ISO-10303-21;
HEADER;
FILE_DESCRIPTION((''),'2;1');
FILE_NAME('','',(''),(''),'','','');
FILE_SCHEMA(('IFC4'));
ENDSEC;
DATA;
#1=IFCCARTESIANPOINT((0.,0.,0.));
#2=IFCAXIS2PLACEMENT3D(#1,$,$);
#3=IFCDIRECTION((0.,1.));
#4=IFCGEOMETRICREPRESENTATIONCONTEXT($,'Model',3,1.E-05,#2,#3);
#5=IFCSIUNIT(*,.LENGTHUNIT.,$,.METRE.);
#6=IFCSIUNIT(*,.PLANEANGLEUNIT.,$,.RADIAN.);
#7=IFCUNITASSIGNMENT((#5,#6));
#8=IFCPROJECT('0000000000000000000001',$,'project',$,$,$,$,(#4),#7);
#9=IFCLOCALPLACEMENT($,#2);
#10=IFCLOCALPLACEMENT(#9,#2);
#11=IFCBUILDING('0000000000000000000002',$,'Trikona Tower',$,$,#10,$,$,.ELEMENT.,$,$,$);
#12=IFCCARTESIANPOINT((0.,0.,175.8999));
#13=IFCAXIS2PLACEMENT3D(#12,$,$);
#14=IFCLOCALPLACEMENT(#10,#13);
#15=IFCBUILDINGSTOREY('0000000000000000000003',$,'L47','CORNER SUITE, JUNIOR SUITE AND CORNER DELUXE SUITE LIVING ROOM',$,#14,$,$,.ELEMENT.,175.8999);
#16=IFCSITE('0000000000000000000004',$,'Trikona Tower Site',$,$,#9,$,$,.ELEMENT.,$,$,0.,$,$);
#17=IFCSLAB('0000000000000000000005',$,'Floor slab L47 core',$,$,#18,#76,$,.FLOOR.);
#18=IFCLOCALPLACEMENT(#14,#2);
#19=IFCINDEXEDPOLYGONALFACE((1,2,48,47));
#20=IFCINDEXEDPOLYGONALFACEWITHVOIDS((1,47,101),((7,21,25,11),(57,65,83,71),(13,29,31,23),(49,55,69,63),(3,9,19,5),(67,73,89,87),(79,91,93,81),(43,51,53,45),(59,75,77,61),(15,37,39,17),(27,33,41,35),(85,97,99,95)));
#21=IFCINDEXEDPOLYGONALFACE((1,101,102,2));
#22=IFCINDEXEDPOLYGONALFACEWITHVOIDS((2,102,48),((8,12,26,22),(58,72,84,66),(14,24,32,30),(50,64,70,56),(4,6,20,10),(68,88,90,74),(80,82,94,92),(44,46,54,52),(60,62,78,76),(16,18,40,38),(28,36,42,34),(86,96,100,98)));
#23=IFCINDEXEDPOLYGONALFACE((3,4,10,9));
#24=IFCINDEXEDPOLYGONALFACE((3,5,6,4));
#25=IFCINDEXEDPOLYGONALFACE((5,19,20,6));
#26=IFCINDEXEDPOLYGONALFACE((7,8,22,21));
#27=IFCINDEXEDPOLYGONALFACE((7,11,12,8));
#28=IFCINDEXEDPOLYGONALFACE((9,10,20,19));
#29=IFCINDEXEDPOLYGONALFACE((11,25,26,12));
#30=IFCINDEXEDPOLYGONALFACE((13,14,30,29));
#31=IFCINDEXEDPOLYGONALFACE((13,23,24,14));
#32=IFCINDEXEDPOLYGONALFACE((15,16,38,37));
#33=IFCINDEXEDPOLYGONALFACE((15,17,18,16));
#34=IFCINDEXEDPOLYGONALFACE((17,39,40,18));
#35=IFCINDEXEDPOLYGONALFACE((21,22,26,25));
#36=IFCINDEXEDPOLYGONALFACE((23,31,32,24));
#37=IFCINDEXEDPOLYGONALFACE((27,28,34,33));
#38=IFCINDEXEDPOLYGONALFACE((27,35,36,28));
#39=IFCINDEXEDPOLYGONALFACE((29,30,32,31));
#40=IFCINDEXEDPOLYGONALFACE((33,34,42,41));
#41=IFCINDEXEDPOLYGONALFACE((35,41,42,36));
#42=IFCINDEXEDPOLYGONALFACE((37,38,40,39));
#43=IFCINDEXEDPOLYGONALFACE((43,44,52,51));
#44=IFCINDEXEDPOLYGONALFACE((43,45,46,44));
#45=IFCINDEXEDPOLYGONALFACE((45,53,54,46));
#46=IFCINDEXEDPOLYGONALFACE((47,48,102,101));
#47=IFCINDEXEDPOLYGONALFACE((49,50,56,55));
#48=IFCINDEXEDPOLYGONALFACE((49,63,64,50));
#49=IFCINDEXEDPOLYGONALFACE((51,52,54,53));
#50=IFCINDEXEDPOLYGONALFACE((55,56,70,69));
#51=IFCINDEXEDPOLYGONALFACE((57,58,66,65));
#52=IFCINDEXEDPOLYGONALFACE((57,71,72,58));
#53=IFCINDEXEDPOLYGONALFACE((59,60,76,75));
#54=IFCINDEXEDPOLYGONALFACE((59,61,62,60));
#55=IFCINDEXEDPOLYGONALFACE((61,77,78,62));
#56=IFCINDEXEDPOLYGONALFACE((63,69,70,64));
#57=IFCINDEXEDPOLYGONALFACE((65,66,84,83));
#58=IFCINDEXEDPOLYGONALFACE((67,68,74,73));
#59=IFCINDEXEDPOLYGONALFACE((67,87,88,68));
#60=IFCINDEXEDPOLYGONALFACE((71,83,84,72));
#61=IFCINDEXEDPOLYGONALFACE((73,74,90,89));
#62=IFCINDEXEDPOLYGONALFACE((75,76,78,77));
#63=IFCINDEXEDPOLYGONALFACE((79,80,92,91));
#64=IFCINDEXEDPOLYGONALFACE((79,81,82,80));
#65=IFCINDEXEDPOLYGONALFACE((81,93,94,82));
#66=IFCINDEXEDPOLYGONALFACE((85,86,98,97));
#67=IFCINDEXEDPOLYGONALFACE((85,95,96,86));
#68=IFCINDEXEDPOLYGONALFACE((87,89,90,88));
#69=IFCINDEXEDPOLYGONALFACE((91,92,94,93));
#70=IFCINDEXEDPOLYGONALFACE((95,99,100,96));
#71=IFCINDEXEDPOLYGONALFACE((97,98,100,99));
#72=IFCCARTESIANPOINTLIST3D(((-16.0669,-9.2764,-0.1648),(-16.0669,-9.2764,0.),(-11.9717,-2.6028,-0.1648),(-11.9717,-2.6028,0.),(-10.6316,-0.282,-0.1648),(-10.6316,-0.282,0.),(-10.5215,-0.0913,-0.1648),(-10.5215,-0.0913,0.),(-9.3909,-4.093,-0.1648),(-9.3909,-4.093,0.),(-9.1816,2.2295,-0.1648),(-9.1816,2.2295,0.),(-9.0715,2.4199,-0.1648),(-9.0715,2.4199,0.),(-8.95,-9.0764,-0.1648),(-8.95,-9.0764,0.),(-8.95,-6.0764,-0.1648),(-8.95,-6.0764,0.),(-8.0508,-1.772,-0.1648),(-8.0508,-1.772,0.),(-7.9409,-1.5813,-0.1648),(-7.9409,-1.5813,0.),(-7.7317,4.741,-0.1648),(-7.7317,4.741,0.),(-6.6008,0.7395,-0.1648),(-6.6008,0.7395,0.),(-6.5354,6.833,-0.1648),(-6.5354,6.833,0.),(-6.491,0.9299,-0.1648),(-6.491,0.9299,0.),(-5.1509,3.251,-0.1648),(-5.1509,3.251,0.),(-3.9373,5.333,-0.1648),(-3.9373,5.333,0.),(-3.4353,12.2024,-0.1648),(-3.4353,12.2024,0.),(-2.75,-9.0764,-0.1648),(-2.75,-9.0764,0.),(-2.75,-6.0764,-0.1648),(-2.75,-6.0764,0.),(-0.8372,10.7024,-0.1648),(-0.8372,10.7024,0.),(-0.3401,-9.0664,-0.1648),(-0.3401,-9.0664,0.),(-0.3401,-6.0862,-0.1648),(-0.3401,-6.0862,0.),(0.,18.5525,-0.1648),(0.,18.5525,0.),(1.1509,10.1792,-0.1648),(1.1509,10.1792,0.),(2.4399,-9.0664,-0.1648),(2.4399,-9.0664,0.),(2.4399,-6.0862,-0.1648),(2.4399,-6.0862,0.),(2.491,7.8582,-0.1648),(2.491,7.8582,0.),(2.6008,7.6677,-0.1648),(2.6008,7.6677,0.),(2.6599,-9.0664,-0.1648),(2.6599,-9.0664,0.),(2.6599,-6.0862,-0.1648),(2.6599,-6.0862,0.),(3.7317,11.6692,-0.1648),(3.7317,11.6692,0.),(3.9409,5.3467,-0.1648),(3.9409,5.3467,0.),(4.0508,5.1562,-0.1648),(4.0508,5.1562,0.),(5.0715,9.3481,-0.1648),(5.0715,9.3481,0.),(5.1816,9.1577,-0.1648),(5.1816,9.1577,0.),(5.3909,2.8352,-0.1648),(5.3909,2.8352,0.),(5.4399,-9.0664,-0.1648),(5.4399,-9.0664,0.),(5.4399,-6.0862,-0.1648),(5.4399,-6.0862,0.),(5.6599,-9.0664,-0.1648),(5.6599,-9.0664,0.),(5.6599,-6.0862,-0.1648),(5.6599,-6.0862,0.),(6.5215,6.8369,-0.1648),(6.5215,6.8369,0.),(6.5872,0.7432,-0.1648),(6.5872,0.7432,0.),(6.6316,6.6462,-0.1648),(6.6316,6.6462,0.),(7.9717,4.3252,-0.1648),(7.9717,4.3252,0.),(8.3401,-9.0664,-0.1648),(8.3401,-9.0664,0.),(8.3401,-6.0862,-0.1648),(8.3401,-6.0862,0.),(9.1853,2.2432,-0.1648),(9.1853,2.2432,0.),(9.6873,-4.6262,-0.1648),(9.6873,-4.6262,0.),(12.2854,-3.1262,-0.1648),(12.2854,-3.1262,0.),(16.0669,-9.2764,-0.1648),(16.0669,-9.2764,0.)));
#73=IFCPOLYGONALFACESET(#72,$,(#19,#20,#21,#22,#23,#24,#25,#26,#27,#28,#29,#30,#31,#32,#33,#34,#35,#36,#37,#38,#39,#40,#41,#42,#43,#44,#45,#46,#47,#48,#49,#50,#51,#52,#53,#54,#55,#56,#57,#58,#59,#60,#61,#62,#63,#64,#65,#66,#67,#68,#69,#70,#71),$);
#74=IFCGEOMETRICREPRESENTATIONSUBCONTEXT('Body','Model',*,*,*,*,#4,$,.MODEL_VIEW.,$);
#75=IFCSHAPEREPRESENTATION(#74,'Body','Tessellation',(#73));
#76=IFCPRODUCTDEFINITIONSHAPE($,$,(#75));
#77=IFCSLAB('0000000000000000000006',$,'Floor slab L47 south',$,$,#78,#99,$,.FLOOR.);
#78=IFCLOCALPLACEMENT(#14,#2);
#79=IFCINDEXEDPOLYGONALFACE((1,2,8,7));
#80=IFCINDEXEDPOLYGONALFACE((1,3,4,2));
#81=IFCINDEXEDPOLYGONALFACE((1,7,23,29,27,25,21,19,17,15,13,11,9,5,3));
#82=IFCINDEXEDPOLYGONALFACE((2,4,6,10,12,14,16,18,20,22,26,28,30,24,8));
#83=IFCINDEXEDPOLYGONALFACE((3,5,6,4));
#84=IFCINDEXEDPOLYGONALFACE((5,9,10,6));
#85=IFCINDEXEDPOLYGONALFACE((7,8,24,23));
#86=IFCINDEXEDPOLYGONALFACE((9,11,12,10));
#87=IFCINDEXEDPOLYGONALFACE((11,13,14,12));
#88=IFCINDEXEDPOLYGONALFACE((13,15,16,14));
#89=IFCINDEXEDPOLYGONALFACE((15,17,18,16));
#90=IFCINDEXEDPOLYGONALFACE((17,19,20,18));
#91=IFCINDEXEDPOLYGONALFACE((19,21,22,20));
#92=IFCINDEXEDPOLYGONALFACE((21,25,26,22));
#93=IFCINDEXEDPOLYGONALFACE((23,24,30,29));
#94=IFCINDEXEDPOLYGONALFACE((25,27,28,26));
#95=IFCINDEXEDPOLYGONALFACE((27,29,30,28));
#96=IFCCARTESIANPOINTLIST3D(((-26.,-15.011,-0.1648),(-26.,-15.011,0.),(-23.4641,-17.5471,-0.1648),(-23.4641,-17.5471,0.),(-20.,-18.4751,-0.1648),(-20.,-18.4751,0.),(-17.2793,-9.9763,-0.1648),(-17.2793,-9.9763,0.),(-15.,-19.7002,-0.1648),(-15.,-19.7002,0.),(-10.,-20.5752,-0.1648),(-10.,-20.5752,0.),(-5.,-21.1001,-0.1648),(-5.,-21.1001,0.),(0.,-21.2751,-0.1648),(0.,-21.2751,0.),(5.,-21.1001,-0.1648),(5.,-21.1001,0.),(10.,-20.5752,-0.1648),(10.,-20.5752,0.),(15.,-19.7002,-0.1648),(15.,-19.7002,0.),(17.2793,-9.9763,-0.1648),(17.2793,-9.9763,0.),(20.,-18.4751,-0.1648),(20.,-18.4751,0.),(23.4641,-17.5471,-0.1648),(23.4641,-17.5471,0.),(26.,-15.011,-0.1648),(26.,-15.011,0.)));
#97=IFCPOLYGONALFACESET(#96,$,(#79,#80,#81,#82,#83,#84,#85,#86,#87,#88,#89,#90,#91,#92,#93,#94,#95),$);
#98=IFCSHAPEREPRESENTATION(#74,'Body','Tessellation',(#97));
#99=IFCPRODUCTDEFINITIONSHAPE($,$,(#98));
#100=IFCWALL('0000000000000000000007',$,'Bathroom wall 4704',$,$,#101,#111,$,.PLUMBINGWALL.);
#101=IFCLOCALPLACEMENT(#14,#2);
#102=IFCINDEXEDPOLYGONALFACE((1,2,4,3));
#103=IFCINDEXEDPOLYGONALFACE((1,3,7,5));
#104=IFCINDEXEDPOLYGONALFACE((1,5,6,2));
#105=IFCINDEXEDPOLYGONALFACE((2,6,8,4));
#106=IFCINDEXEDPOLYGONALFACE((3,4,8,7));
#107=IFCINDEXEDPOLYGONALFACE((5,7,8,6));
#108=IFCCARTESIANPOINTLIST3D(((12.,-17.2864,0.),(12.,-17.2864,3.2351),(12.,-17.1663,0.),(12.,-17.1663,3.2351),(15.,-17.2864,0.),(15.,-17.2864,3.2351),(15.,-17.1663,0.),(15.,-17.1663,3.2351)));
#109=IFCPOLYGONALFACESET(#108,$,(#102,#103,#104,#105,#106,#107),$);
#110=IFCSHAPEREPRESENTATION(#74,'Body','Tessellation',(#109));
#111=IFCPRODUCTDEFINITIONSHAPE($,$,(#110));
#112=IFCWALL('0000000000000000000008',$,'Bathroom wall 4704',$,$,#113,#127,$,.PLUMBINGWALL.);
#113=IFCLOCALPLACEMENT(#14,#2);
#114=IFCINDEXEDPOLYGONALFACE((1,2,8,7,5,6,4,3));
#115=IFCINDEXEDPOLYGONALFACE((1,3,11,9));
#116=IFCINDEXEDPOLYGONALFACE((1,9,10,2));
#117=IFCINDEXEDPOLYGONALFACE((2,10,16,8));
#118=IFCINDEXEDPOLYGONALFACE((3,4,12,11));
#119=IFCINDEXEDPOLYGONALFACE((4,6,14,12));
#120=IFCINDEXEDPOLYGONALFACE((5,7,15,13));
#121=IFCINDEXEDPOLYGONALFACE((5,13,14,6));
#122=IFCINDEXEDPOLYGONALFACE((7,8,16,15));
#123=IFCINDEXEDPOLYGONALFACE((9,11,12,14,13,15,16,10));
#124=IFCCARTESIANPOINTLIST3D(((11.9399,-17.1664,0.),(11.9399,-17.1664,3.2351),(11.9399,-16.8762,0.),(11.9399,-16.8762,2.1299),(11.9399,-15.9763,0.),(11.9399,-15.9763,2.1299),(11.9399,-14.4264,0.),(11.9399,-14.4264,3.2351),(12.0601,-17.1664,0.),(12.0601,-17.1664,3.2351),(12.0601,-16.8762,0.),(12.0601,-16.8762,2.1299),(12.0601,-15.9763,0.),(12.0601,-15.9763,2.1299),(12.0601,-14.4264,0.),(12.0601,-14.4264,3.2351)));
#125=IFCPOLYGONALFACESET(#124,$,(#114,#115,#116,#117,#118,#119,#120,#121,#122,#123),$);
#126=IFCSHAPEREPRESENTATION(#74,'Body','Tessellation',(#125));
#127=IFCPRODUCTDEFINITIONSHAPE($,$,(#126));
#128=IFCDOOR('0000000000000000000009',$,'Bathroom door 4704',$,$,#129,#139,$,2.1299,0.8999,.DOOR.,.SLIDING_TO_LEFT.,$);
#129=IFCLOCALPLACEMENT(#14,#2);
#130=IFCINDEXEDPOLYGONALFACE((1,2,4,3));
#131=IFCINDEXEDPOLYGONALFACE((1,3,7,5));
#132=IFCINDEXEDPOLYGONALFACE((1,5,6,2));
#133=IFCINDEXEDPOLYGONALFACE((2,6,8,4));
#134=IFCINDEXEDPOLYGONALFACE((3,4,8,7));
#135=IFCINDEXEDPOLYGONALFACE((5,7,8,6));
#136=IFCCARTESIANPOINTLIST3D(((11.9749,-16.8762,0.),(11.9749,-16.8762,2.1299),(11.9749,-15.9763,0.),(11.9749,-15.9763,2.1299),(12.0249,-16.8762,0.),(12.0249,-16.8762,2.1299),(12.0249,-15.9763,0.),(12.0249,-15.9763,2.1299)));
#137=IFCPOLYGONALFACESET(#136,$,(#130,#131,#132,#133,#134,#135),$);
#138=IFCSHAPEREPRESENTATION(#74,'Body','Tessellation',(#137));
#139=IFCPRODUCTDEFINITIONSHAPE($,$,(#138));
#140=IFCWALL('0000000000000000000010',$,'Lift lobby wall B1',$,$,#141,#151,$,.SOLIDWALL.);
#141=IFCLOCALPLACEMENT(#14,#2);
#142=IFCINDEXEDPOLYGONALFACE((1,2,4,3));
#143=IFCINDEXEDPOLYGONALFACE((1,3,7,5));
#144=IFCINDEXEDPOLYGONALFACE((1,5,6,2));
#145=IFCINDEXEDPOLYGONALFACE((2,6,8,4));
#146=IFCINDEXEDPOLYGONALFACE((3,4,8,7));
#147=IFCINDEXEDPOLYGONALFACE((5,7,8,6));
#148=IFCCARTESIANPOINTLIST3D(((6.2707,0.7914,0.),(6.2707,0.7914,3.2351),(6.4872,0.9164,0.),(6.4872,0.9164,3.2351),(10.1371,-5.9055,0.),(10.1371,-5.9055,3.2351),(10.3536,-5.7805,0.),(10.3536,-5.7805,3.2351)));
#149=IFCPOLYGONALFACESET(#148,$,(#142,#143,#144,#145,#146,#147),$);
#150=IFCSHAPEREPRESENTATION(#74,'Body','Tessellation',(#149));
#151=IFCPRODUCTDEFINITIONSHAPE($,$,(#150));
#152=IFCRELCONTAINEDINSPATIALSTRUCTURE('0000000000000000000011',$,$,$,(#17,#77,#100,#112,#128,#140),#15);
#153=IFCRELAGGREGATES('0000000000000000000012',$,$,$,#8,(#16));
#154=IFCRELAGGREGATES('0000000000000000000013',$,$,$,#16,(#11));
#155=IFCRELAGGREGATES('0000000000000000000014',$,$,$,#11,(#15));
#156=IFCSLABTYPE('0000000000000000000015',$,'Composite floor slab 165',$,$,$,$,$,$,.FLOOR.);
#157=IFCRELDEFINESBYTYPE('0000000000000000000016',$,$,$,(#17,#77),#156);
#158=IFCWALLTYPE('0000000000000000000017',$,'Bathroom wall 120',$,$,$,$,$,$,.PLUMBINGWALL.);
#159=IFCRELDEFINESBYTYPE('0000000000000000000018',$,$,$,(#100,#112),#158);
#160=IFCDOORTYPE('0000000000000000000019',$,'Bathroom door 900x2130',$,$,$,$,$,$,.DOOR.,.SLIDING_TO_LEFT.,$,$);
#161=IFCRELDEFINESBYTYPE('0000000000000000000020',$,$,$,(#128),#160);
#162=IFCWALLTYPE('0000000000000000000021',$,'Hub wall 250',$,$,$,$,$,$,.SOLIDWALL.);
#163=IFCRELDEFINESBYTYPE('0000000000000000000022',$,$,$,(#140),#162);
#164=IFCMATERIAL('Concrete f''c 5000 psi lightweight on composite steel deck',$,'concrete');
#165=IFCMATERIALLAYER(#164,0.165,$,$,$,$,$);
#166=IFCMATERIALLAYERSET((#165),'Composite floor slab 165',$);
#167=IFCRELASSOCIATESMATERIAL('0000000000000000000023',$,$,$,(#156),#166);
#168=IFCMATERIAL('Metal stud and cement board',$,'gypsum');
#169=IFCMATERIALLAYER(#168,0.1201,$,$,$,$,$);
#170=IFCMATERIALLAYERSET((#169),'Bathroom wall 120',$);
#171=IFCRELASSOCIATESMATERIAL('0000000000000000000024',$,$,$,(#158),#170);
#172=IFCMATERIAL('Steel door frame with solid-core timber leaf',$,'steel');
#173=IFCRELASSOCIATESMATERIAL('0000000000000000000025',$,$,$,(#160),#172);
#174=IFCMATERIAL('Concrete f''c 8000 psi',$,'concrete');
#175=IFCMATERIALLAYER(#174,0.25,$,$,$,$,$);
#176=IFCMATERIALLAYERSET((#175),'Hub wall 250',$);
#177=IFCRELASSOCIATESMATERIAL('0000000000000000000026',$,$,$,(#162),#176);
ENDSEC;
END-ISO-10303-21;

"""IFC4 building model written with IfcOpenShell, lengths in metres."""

from ifc_helpers import new_model, si_unit, direction, frame, frame_2d, origin, place, context, subcontext, project, spatial, polyline, rectangle, outline, extrude, material, layer, layer_set, type_object, element, fill, save


model = new_model("IFC4")

# Units and contexts
model_context = context("Model", 3, precision=1e-05, world=origin(), true_north=direction((0.0, 1.0)))
body_context = subcontext(model_context, "Body", "Model", "MODEL_VIEW")
ifc_project = project(units=[si_unit("LENGTHUNIT", "METRE"), si_unit("PLANEANGLEUNIT", "RADIAN")], contexts=[model_context])

# Site, building, storey
site_placement = place(None, origin())
site = spatial("IfcSite", under=ifc_project, at=site_placement, Name="Trikona Tower Site", CompositionType="ELEMENT", RefElevation=0.0)
building_placement = place(site_placement, origin())
building = spatial("IfcBuilding", under=site, at=building_placement, Name="Trikona Tower", CompositionType="ELEMENT")
storey_placement = place(building_placement, frame((0.0, 0.0, 175.8999)))
storey = spatial("IfcBuildingStorey", under=building, at=storey_placement, Name="L47", Description="CORNER SUITE, JUNIOR SUITE AND CORNER DELUXE SUITE LIVING ROOM", CompositionType="ELEMENT", Elevation=175.8999)

# Slabs
ifc_material_1 = material(Name="Concrete f'c 5000 psi lightweight on composite steel deck", Category="concrete")
ifc_layer_1 = layer(ifc_material_1, 0.165)
ifc_layer_set_1 = layer_set([ifc_layer_1], Name="Composite floor slab 165")
slab_type = type_object("IfcSlabType", Name="Composite floor slab 165", PredefinedType="FLOOR", material=ifc_layer_set_1)
slab_1_placement = place(storey_placement, frame((0.0, 0.0, -0.1648)))
element("IfcSlab", 1, at=slab_1_placement, inside=storey, type_object=slab_type, Name="Floor slab L47 core", PredefinedType="FLOOR", context=body_context, shape_type="SweptSolid", body=[
    extrude(outline(polyline([(-16.0669, -9.2764), (16.0669, -9.2764), (0.0, 18.5525), (-16.0669, -9.2764)]), holes=[polyline([(12.2854, -3.1262), (9.1853, 2.2432), (6.5872, 0.7432), (9.6873, -4.6262), (12.2854, -3.1262)]), polyline([(8.3401, -9.0664), (8.3401, -6.0862), (5.6599, -6.0862), (5.6599, -9.0664), (8.3401, -9.0664)]), polyline([(5.3909, 2.8352), (7.9717, 4.3252), (6.6316, 6.6462), (4.0508, 5.1562), (5.3909, 2.8352)]), polyline([(2.6008, 7.6677), (3.9409, 5.3467), (6.5215, 6.8369), (5.1816, 9.1577), (2.6008, 7.6677)]), polyline([(5.4399, -6.0862), (2.6599, -6.0862), (2.6599, -9.0664), (5.4399, -9.0664), (5.4399, -6.0862)]), polyline([(3.7317, 11.6692), (1.1509, 10.1792), (2.491, 7.8582), (5.0715, 9.3481), (3.7317, 11.6692)]), polyline([(-0.3401, -6.0862), (-0.3401, -9.0664), (2.4399, -9.0664), (2.4399, -6.0862), (-0.3401, -6.0862)]), polyline([(-3.4353, 12.2024), (-6.5354, 6.833), (-3.9373, 5.333), (-0.8372, 10.7024), (-3.4353, 12.2024)]), polyline([(-8.95, -9.0764), (-2.75, -9.0764), (-2.75, -6.0764), (-8.95, -6.0764), (-8.95, -9.0764)]), polyline([(-5.1509, 3.251), (-7.7317, 4.741), (-9.0715, 2.4199), (-6.491, 0.9299), (-5.1509, 3.251)]), polyline([(-7.9409, -1.5813), (-6.6008, 0.7395), (-9.1816, 2.2295), (-10.5215, -0.0913), (-7.9409, -1.5813)]), polyline([(-11.9717, -2.6028), (-9.3909, -4.093), (-8.0508, -1.772), (-10.6316, -0.282), (-11.9717, -2.6028)])]), origin(), (0.0, 0.0, 1.0), 0.1648),
])
slab_2_placement = place(storey_placement, frame((0.0, 0.0, -0.1648)))
element("IfcSlab", 2, at=slab_2_placement, inside=storey, type_object=slab_type, Name="Floor slab L47 south", PredefinedType="FLOOR", context=body_context, shape_type="SweptSolid", body=[
    extrude(outline(polyline([(23.4641, -17.5471), (26.0, -15.011), (17.2793, -9.9763), (-17.2793, -9.9763), (-26.0, -15.011), (-23.4641, -17.5471), (-20.0, -18.4751), (-15.0, -19.7002), (-10.0, -20.5752), (-5.0, -21.1001), (0.0, -21.2751), (5.0, -21.1001), (10.0, -20.5752), (15.0, -19.7002), (20.0, -18.4751), (23.4641, -17.5471)])), origin(), (0.0, 0.0, 1.0), 0.1648),
])

# Wall
ifc_material_2 = material(Name="Metal stud and cement board", Category="gypsum")
ifc_layer_2 = layer(ifc_material_2, 0.1201)
ifc_layer_set_2 = layer_set([ifc_layer_2], Name="Bathroom wall 120")
wall_type_1 = type_object("IfcWallType", Name="Bathroom wall 120", PredefinedType="PLUMBINGWALL", material=ifc_layer_set_2)
wall_1_placement = place(storey_placement, frame((12.0, -17.2263, 0.0), z_axis=(0.0, 0.0, 1.0), x_axis=(1.0, 0.0, 0.0)))
element("IfcWall", 3, at=wall_1_placement, inside=storey, type_object=wall_type_1, Name="Bathroom wall 4704", PredefinedType="PLUMBINGWALL", context=body_context, shape_type="SweptSolid", body=[
    extrude(rectangle(XDim=3.0, YDim=0.1201, at=frame_2d((1.5, 0.0))), origin(), (0.0, 0.0, 1.0), 3.2351),
])

# Wall, opening, door
wall_2_placement = place(storey_placement, frame((12.0, -14.4263, 0.0), z_axis=(0.0, 0.0, 1.0), x_axis=(0.0, -1.0, 0.0)))
wall_2 = element("IfcWall", 4, at=wall_2_placement, inside=storey, type_object=wall_type_1, Name="Bathroom wall 4704", PredefinedType="PLUMBINGWALL", context=body_context, shape_type="SweptSolid", body=[
    extrude(rectangle(XDim=2.74, YDim=0.1201, at=frame_2d((1.3701, 0.0))), origin(), (0.0, 0.0, 1.0), 3.2351),
])
opening_1_placement = place(wall_2_placement, frame((1.55, 0.0, 0.0)))
opening_1 = element("IfcOpeningElement", 5, at=opening_1_placement, cuts=wall_2, PredefinedType="OPENING", context=body_context, shape_type="SweptSolid", body=[
    extrude(rectangle(XDim=0.8999, YDim=2.1299, at=frame_2d((0.45, 1.0649))), frame((0.0, 0.0701, 0.0), z_axis=(0.0, -1.0, 0.0), x_axis=(1.0, 0.0, 0.0)), (0.0, 0.0, 1.0), 0.1401),
])
ifc_material_3 = material(Name="Steel door frame with solid-core timber leaf", Category="steel")
door_type_1 = type_object("IfcDoorType", Name="Bathroom door 900x2130", OperationType="SLIDING_TO_LEFT", PredefinedType="DOOR", material=ifc_material_3)
door_1_placement = place(opening_1_placement, origin())
door_1 = element("IfcDoor", 6, at=door_1_placement, inside=storey, type_object=door_type_1, Name="Bathroom door 4704", OperationType="SLIDING_TO_LEFT", OverallHeight=2.1299, OverallWidth=0.8999, PredefinedType="DOOR", context=body_context, shape_type="SweptSolid", body=[
    extrude(rectangle(XDim=0.8999, YDim=2.1299, at=frame_2d((0.45, 1.0649))), frame((0.0, 0.0249, 0.0), z_axis=(0.0, -1.0, 0.0), x_axis=(1.0, 0.0, 0.0)), (0.0, 0.0, 1.0), 0.05),
])
fill(opening_1, door_1)

# Wall
ifc_material_4 = material(Name="Concrete f'c 8000 psi", Category="concrete")
ifc_layer_3 = layer(ifc_material_4, 0.25)
ifc_layer_set_3 = layer_set([ifc_layer_3], Name="Hub wall 250")
wall_type_2 = type_object("IfcWallType", Name="Hub wall 250", PredefinedType="SOLIDWALL", material=ifc_layer_set_3)
wall_3_placement = place(storey_placement, frame((10.2454, -5.843, 0.0), z_axis=(0.0, 0.0, 1.0), x_axis=(-0.499993, 0.866029, 0.0)))
element("IfcWall", 7, at=wall_3_placement, inside=storey, type_object=wall_type_2, Name="Lift lobby wall B1", PredefinedType="SOLIDWALL", context=body_context, shape_type="SweptSolid", body=[
    extrude(rectangle(XDim=7.7329, YDim=0.25, at=frame_2d((3.8665, 0.0))), origin(), (0.0, 0.0, 1.0), 3.2351),
])

save(model, "model.ifc")
